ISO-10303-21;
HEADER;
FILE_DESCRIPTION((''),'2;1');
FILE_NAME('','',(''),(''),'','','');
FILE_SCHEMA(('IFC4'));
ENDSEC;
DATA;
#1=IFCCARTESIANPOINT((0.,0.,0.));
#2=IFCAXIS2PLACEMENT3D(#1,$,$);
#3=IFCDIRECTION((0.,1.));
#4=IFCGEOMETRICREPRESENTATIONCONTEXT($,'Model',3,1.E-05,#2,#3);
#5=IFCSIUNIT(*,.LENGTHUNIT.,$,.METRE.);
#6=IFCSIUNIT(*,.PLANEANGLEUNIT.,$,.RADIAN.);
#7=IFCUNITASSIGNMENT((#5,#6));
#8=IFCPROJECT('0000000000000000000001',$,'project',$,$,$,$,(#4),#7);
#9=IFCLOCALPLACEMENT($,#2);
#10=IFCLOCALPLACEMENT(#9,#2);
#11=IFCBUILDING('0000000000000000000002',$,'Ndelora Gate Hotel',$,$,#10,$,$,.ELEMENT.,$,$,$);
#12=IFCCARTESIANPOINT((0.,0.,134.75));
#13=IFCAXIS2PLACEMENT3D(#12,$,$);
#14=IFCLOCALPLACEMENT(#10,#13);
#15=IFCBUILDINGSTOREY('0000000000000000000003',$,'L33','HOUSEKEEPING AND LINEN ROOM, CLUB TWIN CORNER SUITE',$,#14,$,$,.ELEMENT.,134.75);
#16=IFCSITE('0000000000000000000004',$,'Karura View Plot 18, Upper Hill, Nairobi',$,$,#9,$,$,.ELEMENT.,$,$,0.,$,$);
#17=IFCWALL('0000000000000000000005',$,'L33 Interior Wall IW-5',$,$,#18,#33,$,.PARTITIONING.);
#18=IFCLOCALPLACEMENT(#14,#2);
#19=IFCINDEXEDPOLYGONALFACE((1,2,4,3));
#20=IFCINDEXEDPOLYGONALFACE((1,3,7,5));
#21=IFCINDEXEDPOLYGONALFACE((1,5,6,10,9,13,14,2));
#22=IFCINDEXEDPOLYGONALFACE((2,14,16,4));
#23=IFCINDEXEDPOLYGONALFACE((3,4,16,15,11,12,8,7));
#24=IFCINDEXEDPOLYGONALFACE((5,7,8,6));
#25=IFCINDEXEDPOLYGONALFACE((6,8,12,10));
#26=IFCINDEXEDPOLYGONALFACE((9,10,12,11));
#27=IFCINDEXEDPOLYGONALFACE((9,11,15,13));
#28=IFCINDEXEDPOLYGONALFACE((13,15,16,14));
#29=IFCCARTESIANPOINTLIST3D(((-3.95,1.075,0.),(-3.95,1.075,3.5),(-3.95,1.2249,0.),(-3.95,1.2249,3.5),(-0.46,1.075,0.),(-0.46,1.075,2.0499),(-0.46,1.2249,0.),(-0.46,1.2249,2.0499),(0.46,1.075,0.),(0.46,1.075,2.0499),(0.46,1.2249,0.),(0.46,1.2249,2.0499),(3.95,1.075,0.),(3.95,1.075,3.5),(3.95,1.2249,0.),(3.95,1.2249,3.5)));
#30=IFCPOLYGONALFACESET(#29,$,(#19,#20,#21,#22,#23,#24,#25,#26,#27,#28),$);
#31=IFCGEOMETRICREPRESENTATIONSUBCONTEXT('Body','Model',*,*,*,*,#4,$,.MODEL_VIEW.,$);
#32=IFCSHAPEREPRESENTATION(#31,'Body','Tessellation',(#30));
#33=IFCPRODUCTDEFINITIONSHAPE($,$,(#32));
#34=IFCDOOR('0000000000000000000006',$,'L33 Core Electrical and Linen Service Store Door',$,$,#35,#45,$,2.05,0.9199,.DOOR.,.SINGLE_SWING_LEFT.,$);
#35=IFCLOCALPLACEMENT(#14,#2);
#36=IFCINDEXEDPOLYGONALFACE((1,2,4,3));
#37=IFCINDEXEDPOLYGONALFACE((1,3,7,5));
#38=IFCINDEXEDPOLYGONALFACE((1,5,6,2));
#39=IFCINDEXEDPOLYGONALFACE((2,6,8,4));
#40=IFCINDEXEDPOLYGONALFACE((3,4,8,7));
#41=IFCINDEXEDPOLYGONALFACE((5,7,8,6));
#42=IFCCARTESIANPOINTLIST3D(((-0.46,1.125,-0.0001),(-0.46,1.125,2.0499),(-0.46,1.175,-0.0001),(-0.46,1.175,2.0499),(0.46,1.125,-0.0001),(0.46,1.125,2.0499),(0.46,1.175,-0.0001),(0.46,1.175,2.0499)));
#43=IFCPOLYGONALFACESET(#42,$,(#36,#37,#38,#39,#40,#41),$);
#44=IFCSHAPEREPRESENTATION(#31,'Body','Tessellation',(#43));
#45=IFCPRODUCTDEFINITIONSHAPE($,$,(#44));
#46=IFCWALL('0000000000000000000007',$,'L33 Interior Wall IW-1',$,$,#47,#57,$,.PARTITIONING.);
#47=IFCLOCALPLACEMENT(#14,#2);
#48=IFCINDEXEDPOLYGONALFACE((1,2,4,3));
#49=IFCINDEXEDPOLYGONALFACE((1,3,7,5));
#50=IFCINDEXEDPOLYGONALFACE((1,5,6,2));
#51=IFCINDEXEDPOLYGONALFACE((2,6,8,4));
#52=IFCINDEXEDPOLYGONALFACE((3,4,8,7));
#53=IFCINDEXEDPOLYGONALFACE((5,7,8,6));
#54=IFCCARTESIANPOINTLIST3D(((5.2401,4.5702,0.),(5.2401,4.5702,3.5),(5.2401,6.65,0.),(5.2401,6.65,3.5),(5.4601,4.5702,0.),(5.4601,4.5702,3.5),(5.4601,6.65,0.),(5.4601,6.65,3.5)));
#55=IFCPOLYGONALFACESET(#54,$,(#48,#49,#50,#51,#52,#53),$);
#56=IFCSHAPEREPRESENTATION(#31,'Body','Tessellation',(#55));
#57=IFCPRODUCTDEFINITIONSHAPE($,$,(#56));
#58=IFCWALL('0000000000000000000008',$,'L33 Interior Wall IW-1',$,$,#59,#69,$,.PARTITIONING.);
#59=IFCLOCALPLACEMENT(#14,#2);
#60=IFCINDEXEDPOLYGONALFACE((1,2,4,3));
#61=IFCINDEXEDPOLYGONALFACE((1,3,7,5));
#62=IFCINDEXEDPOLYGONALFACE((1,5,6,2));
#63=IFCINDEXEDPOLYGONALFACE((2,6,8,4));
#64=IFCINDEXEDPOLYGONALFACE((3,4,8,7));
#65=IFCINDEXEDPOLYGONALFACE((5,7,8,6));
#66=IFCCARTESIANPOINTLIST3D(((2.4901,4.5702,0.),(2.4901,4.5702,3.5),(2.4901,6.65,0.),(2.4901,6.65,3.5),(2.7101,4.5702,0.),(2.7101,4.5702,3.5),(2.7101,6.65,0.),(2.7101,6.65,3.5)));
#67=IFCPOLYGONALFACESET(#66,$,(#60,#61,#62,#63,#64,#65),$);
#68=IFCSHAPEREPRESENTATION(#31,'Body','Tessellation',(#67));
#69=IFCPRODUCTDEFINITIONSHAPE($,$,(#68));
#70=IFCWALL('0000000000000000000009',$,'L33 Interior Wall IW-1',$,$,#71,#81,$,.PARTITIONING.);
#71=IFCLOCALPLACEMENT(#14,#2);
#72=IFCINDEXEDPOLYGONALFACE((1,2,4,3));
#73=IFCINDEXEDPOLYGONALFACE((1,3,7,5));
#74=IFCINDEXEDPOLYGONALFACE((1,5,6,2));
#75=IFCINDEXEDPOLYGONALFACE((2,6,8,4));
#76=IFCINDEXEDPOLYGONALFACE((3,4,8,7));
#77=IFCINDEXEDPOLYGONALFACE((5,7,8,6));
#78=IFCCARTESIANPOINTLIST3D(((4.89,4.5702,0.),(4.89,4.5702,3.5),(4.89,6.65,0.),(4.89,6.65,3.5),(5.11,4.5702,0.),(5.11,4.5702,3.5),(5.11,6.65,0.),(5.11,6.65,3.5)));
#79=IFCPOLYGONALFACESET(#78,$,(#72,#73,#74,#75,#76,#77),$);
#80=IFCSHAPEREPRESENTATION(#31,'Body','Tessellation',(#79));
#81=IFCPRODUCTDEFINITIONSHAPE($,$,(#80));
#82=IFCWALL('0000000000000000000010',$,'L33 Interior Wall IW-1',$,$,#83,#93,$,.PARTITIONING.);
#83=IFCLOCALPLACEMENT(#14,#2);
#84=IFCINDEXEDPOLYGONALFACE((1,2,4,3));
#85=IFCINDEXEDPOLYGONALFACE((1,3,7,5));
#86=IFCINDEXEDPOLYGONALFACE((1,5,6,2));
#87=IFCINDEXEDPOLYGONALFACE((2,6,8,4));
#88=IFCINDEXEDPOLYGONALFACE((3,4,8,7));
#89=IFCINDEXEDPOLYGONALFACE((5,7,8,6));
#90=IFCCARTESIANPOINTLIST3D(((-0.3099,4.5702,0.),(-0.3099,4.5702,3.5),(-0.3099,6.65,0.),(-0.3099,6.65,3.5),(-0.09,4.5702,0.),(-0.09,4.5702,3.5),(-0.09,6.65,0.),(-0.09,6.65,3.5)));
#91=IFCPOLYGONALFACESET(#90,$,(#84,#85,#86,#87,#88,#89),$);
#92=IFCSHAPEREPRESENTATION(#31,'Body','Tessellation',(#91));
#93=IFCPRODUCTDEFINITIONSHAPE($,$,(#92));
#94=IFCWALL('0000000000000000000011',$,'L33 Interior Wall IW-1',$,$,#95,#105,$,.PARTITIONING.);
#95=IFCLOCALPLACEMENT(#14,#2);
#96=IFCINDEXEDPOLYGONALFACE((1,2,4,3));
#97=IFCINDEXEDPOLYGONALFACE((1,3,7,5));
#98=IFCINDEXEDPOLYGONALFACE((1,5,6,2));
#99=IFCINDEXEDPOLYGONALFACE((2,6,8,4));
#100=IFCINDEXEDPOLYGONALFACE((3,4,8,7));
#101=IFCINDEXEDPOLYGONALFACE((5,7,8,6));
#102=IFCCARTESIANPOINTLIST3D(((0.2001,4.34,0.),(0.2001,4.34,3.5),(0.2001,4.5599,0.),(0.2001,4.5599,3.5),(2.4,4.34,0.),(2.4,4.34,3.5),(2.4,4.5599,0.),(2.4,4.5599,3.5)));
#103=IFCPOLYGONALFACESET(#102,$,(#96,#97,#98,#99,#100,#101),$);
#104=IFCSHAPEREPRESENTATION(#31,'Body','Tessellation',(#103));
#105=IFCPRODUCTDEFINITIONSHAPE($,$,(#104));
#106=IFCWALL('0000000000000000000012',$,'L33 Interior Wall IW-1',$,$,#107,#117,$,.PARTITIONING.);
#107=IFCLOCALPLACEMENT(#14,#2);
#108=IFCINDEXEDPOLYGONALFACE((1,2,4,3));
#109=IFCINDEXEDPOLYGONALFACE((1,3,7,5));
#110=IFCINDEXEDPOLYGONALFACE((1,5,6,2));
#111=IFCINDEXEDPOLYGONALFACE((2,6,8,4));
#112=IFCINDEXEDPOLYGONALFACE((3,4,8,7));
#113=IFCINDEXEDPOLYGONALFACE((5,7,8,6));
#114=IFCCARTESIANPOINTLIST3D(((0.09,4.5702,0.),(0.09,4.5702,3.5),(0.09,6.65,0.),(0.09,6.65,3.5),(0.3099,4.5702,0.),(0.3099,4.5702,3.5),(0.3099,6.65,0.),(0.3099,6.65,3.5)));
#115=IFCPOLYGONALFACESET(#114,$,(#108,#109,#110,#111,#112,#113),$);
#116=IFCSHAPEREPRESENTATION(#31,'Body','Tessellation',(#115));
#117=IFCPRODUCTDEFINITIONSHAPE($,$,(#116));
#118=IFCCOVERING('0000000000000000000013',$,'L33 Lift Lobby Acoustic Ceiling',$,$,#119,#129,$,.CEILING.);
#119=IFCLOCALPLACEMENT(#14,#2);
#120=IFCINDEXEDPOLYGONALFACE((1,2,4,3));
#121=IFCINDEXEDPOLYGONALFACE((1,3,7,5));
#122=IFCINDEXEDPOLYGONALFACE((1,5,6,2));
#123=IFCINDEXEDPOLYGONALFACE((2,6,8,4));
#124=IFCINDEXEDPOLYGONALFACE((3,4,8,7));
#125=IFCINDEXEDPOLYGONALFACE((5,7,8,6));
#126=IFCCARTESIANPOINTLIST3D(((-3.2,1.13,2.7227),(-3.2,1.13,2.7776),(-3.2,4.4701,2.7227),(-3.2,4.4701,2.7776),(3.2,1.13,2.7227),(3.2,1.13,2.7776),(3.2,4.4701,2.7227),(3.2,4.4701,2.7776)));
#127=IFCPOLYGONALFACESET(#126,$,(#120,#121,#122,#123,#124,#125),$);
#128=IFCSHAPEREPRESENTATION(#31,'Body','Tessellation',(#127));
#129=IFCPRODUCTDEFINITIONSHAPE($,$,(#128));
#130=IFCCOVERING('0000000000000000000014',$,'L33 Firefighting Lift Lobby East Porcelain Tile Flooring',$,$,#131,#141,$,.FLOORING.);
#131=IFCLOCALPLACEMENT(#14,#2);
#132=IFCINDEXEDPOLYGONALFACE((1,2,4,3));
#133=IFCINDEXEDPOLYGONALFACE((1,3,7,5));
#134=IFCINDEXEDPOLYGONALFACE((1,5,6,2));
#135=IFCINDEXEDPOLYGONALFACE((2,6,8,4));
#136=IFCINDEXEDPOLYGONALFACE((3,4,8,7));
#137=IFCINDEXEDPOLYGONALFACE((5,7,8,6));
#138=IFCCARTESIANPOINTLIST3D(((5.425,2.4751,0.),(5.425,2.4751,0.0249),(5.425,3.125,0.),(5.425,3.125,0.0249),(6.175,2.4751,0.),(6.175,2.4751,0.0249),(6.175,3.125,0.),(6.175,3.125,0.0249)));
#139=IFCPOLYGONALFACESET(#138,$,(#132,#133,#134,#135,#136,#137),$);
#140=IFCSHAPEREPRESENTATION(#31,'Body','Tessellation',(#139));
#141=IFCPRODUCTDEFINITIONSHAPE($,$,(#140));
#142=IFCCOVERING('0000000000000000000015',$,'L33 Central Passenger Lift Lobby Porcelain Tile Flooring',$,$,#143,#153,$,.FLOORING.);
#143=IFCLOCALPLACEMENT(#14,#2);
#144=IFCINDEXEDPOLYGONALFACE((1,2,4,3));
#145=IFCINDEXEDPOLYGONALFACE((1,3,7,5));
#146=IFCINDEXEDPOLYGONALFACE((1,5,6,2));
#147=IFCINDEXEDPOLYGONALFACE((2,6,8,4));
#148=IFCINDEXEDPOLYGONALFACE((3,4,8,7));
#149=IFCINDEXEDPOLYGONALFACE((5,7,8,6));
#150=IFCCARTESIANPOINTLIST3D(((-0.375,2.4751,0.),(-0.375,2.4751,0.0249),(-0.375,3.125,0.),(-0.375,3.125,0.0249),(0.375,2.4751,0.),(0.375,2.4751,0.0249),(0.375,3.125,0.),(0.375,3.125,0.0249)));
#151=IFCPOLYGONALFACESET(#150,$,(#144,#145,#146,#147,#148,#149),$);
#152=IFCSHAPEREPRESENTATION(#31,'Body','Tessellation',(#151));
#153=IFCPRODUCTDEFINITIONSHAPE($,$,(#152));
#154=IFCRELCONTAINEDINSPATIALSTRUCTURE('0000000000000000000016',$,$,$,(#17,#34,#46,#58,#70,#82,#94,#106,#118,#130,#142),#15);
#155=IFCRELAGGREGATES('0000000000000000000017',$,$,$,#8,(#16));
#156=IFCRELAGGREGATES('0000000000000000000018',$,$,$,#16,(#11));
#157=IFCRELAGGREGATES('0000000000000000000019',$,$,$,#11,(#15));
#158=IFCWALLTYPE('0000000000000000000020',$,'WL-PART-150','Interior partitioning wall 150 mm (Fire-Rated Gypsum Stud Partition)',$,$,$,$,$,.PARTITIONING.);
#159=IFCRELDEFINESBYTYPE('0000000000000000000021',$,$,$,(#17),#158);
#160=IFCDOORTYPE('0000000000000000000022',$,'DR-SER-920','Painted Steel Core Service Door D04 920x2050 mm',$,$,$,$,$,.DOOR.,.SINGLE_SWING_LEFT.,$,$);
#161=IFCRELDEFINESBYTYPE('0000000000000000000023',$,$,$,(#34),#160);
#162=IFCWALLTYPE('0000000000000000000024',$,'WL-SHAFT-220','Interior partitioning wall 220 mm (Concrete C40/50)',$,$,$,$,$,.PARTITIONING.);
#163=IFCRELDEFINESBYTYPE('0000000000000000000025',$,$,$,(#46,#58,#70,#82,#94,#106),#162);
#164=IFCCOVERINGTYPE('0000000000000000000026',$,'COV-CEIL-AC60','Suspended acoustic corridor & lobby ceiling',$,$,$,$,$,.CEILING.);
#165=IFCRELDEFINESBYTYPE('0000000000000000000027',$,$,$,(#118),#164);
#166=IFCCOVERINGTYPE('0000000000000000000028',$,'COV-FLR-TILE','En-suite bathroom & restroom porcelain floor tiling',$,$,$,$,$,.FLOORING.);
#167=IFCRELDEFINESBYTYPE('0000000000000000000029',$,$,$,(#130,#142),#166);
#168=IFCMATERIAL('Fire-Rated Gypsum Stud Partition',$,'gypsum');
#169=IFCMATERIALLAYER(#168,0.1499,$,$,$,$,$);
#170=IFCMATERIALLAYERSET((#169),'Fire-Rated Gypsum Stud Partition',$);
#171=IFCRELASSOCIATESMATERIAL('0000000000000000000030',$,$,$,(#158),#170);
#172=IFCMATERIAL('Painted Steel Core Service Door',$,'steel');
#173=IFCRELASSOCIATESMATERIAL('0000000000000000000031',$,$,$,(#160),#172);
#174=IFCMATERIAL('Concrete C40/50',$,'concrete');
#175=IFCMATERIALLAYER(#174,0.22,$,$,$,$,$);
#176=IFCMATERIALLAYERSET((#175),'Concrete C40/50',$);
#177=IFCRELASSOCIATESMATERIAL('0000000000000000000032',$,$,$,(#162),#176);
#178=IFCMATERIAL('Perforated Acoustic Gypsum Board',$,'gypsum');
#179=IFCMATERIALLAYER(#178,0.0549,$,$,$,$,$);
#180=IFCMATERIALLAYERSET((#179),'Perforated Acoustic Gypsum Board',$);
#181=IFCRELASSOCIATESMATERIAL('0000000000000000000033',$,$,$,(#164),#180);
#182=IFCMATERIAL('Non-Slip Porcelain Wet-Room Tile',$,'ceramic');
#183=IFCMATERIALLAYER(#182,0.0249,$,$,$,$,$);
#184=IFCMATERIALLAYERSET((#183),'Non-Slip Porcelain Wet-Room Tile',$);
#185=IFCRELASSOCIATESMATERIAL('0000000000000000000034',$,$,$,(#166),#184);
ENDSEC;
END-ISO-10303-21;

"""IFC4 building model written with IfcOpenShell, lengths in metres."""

from ifc_helpers import new_model, si_unit, direction, frame, frame_2d, origin, origin_2d, place, context, subcontext, project, spatial, rectangle, extrude, material, layer, layer_set, type_object, element, fill, save


model = new_model("IFC4")

# Units and contexts
model_context = context("Model", 3, precision=1e-05, world=origin(), true_north=direction((0.0, 1.0)))
body_context = subcontext(model_context, "Body", "Model", "MODEL_VIEW")
ifc_project = project(units=[si_unit("LENGTHUNIT", "METRE"), si_unit("PLANEANGLEUNIT", "RADIAN")], contexts=[model_context])

# Site, building, storey
site_placement = place(None, origin())
site = spatial("IfcSite", under=ifc_project, at=site_placement, Name="Karura View Plot 18, Upper Hill, Nairobi", CompositionType="ELEMENT", RefElevation=0.0)
building_placement = place(site_placement, origin())
building = spatial("IfcBuilding", under=site, at=building_placement, Name="Ndelora Gate Hotel", CompositionType="ELEMENT")
storey_placement = place(building_placement, frame((0.0, 0.0, 134.75)))
storey = spatial("IfcBuildingStorey", under=building, at=storey_placement, Name="L33", Description="HOUSEKEEPING AND LINEN ROOM, CLUB TWIN CORNER SUITE", CompositionType="ELEMENT", Elevation=134.75)

# Shared definitions
ifc_material_1 = material(Name="Concrete C40/50", Category="concrete")

# Wall, opening, door
ifc_material_2 = material(Name="Fire-Rated Gypsum Stud Partition", Category="gypsum")
ifc_layer_1 = layer(ifc_material_2, 0.1499)
ifc_layer_set_1 = layer_set([ifc_layer_1], Name="Fire-Rated Gypsum Stud Partition")
wall_type_1 = type_object("IfcWallType", Name="WL-PART-150", Description="Interior partitioning wall 150 mm (Fire-Rated Gypsum Stud Partition)", PredefinedType="PARTITIONING", material=ifc_layer_set_1)
wall_1_placement = place(storey_placement, frame((3.95, 1.1499, 0.0), z_axis=(0.0, 0.0, 1.0), x_axis=(-1.0, 0.0, 0.0)))
wall_1 = element("IfcWall", 1, at=wall_1_placement, inside=storey, type_object=wall_type_1, Name="L33 Interior Wall IW-5", PredefinedType="PARTITIONING", context=body_context, shape_type="SweptSolid", body=[
    extrude(rectangle(XDim=7.8999, YDim=0.1499, at=frame_2d((3.95, 0.0))), origin(), (0.0, 0.0, 1.0), 3.5),
])
opening_1_placement = place(wall_1_placement, frame((3.49, 0.0, 0.0)))
opening_1 = element("IfcOpeningElement", 2, at=opening_1_placement, cuts=wall_1, PredefinedType="OPENING", context=body_context, shape_type="SweptSolid", body=[
    extrude(rectangle(XDim=0.9199, YDim=2.05, at=frame_2d((0.46, 1.0249))), frame((0.0, 0.085, 0.0), z_axis=(0.0, -1.0, 0.0), x_axis=(1.0, 0.0, 0.0)), (0.0, 0.0, 1.0), 0.1699),
])
ifc_material_3 = material(Name="Painted Steel Core Service Door", Category="steel")
door_type_1 = type_object("IfcDoorType", Name="DR-SER-920", Description="Painted Steel Core Service Door D04 920x2050 mm", OperationType="SINGLE_SWING_LEFT", PredefinedType="DOOR", material=ifc_material_3)
door_1_placement = place(opening_1_placement, origin())
door_1 = element("IfcDoor", 3, at=door_1_placement, inside=storey, type_object=door_type_1, Name="L33 Core Electrical and Linen Service Store Door", OperationType="SINGLE_SWING_LEFT", OverallHeight=2.05, OverallWidth=0.9199, PredefinedType="DOOR", context=body_context, shape_type="SweptSolid", body=[
    extrude(rectangle(XDim=0.9199, YDim=2.05, at=frame_2d((0.46, 1.0249))), frame((0.0, 0.0249, 0.0), z_axis=(0.0, -1.0, 0.0), x_axis=(1.0, 0.0, 0.0)), (0.0, 0.0, 1.0), 0.05),
])
fill(opening_1, door_1)
ifc_layer_2 = layer(ifc_material_1, 0.22)
ifc_layer_set_2 = layer_set([ifc_layer_2], Name="Concrete C40/50")
wall_type_2 = type_object("IfcWallType", Name="WL-SHAFT-220", Description="Interior partitioning wall 220 mm (Concrete C40/50)", PredefinedType="PARTITIONING", material=ifc_layer_set_2)

# Wall
wall_2_placement = place(storey_placement, frame((5.3501, 4.5701, 0.0), z_axis=(0.0, 0.0, 1.0), x_axis=(0.0, 1.0, 0.0)))
element("IfcWall", 4, at=wall_2_placement, inside=storey, type_object=wall_type_2, Name="L33 Interior Wall IW-1", PredefinedType="PARTITIONING", context=body_context, shape_type="SweptSolid", body=[
    extrude(rectangle(XDim=2.0798, YDim=0.22, at=frame_2d((1.04, 0.0))), origin(), (0.0, 0.0, 1.0), 3.5),
])

# Walls
for number, where, z_axis, x_axis, name in (
    (5, (2.6001, 4.5701, 0.0), (0.0, 0.0, 1.0), (0.0, 1.0, 0.0), "L33 Interior Wall IW-1"),
    (6, (5.0, 4.5701, 0.0), (0.0, 0.0, 1.0), (0.0, 1.0, 0.0), "L33 Interior Wall IW-1"),
    (7, (-0.2, 4.5701, 0.0), (0.0, 0.0, 1.0), (0.0, 1.0, 0.0), "L33 Interior Wall IW-1"),
):
    element("IfcWall", number, at=place(storey_placement, frame(where, z_axis=z_axis, x_axis=x_axis)), inside=storey, type_object=wall_type_2, Name=name, PredefinedType="PARTITIONING", context=body_context, shape_type="SweptSolid", body=[
        extrude(rectangle(XDim=2.0798, YDim=0.22, at=frame_2d((1.04, 0.0))), origin(), (0.0, 0.0, 1.0), 3.5),
    ])
wall_3_placement = place(storey_placement, frame((0.2, 4.45, 0.0), z_axis=(0.0, 0.0, 1.0), x_axis=(1.0, 0.0, 0.0)))
element("IfcWall", 8, at=wall_3_placement, inside=storey, type_object=wall_type_2, Name="L33 Interior Wall IW-1", PredefinedType="PARTITIONING", context=body_context, shape_type="SweptSolid", body=[
    extrude(rectangle(XDim=2.2, YDim=0.22, at=frame_2d((1.1001, 0.0))), origin(), (0.0, 0.0, 1.0), 3.5),
])
wall_4_placement = place(storey_placement, frame((0.2, 4.5701, 0.0), z_axis=(0.0, 0.0, 1.0), x_axis=(0.0, 1.0, 0.0)))
element("IfcWall", 9, at=wall_4_placement, inside=storey, type_object=wall_type_2, Name="L33 Interior Wall IW-1", PredefinedType="PARTITIONING", context=body_context, shape_type="SweptSolid", body=[
    extrude(rectangle(XDim=2.0798, YDim=0.22, at=frame_2d((1.04, 0.0))), origin(), (0.0, 0.0, 1.0), 3.5),
])

# Coverings
ifc_material_4 = material(Name="Perforated Acoustic Gypsum Board", Category="gypsum")
ifc_layer_3 = layer(ifc_material_4, 0.0549)
ifc_layer_set_3 = layer_set([ifc_layer_3], Name="Perforated Acoustic Gypsum Board")
covering_type_1 = type_object("IfcCoveringType", Name="COV-CEIL-AC60", Description="Suspended acoustic corridor & lobby ceiling", PredefinedType="CEILING", material=ifc_layer_set_3)
covering_placement = place(storey_placement, frame((0.0, 2.8, 2.7227), z_axis=(0.0, 0.0, 1.0), x_axis=(1.0, 0.0, 0.0)))
element("IfcCovering", 10, at=covering_placement, inside=storey, type_object=covering_type_1, Name="L33 Lift Lobby Acoustic Ceiling", PredefinedType="CEILING", context=body_context, shape_type="SweptSolid", body=[
    extrude(rectangle(XDim=6.3999, YDim=3.3401, at=origin_2d()), origin(), (0.0, 0.0, 1.0), 0.0549),
])
ifc_material_5 = material(Name="Non-Slip Porcelain Wet-Room Tile", Category="ceramic")
ifc_layer_4 = layer(ifc_material_5, 0.0249)
ifc_layer_set_4 = layer_set([ifc_layer_4], Name="Non-Slip Porcelain Wet-Room Tile")
covering_type_2 = type_object("IfcCoveringType", Name="COV-FLR-TILE", Description="En-suite bathroom & restroom porcelain floor tiling", PredefinedType="FLOORING", material=ifc_layer_set_4)
for number, where, z_axis, x_axis, name in (
    (11, (5.8, 2.8, 0.0), (0.0, 0.0, 1.0), (1.0, 0.0, 0.0), "L33 Firefighting Lift Lobby East Porcelain Tile Flooring"),
    (12, (0.0, 2.8, 0.0), (0.0, 0.0, 1.0), (1.0, 0.0, 0.0), "L33 Central Passenger Lift Lobby Porcelain Tile Flooring"),
):
    element("IfcCovering", number, at=place(storey_placement, frame(where, z_axis=z_axis, x_axis=x_axis)), inside=storey, type_object=covering_type_2, Name=name, PredefinedType="FLOORING", context=body_context, shape_type="SweptSolid", body=[
        extrude(rectangle(XDim=0.75, YDim=0.6499, at=origin_2d()), origin(), (0.0, 0.0, 1.0), 0.0249),
    ])

save(model, "model.ifc")
